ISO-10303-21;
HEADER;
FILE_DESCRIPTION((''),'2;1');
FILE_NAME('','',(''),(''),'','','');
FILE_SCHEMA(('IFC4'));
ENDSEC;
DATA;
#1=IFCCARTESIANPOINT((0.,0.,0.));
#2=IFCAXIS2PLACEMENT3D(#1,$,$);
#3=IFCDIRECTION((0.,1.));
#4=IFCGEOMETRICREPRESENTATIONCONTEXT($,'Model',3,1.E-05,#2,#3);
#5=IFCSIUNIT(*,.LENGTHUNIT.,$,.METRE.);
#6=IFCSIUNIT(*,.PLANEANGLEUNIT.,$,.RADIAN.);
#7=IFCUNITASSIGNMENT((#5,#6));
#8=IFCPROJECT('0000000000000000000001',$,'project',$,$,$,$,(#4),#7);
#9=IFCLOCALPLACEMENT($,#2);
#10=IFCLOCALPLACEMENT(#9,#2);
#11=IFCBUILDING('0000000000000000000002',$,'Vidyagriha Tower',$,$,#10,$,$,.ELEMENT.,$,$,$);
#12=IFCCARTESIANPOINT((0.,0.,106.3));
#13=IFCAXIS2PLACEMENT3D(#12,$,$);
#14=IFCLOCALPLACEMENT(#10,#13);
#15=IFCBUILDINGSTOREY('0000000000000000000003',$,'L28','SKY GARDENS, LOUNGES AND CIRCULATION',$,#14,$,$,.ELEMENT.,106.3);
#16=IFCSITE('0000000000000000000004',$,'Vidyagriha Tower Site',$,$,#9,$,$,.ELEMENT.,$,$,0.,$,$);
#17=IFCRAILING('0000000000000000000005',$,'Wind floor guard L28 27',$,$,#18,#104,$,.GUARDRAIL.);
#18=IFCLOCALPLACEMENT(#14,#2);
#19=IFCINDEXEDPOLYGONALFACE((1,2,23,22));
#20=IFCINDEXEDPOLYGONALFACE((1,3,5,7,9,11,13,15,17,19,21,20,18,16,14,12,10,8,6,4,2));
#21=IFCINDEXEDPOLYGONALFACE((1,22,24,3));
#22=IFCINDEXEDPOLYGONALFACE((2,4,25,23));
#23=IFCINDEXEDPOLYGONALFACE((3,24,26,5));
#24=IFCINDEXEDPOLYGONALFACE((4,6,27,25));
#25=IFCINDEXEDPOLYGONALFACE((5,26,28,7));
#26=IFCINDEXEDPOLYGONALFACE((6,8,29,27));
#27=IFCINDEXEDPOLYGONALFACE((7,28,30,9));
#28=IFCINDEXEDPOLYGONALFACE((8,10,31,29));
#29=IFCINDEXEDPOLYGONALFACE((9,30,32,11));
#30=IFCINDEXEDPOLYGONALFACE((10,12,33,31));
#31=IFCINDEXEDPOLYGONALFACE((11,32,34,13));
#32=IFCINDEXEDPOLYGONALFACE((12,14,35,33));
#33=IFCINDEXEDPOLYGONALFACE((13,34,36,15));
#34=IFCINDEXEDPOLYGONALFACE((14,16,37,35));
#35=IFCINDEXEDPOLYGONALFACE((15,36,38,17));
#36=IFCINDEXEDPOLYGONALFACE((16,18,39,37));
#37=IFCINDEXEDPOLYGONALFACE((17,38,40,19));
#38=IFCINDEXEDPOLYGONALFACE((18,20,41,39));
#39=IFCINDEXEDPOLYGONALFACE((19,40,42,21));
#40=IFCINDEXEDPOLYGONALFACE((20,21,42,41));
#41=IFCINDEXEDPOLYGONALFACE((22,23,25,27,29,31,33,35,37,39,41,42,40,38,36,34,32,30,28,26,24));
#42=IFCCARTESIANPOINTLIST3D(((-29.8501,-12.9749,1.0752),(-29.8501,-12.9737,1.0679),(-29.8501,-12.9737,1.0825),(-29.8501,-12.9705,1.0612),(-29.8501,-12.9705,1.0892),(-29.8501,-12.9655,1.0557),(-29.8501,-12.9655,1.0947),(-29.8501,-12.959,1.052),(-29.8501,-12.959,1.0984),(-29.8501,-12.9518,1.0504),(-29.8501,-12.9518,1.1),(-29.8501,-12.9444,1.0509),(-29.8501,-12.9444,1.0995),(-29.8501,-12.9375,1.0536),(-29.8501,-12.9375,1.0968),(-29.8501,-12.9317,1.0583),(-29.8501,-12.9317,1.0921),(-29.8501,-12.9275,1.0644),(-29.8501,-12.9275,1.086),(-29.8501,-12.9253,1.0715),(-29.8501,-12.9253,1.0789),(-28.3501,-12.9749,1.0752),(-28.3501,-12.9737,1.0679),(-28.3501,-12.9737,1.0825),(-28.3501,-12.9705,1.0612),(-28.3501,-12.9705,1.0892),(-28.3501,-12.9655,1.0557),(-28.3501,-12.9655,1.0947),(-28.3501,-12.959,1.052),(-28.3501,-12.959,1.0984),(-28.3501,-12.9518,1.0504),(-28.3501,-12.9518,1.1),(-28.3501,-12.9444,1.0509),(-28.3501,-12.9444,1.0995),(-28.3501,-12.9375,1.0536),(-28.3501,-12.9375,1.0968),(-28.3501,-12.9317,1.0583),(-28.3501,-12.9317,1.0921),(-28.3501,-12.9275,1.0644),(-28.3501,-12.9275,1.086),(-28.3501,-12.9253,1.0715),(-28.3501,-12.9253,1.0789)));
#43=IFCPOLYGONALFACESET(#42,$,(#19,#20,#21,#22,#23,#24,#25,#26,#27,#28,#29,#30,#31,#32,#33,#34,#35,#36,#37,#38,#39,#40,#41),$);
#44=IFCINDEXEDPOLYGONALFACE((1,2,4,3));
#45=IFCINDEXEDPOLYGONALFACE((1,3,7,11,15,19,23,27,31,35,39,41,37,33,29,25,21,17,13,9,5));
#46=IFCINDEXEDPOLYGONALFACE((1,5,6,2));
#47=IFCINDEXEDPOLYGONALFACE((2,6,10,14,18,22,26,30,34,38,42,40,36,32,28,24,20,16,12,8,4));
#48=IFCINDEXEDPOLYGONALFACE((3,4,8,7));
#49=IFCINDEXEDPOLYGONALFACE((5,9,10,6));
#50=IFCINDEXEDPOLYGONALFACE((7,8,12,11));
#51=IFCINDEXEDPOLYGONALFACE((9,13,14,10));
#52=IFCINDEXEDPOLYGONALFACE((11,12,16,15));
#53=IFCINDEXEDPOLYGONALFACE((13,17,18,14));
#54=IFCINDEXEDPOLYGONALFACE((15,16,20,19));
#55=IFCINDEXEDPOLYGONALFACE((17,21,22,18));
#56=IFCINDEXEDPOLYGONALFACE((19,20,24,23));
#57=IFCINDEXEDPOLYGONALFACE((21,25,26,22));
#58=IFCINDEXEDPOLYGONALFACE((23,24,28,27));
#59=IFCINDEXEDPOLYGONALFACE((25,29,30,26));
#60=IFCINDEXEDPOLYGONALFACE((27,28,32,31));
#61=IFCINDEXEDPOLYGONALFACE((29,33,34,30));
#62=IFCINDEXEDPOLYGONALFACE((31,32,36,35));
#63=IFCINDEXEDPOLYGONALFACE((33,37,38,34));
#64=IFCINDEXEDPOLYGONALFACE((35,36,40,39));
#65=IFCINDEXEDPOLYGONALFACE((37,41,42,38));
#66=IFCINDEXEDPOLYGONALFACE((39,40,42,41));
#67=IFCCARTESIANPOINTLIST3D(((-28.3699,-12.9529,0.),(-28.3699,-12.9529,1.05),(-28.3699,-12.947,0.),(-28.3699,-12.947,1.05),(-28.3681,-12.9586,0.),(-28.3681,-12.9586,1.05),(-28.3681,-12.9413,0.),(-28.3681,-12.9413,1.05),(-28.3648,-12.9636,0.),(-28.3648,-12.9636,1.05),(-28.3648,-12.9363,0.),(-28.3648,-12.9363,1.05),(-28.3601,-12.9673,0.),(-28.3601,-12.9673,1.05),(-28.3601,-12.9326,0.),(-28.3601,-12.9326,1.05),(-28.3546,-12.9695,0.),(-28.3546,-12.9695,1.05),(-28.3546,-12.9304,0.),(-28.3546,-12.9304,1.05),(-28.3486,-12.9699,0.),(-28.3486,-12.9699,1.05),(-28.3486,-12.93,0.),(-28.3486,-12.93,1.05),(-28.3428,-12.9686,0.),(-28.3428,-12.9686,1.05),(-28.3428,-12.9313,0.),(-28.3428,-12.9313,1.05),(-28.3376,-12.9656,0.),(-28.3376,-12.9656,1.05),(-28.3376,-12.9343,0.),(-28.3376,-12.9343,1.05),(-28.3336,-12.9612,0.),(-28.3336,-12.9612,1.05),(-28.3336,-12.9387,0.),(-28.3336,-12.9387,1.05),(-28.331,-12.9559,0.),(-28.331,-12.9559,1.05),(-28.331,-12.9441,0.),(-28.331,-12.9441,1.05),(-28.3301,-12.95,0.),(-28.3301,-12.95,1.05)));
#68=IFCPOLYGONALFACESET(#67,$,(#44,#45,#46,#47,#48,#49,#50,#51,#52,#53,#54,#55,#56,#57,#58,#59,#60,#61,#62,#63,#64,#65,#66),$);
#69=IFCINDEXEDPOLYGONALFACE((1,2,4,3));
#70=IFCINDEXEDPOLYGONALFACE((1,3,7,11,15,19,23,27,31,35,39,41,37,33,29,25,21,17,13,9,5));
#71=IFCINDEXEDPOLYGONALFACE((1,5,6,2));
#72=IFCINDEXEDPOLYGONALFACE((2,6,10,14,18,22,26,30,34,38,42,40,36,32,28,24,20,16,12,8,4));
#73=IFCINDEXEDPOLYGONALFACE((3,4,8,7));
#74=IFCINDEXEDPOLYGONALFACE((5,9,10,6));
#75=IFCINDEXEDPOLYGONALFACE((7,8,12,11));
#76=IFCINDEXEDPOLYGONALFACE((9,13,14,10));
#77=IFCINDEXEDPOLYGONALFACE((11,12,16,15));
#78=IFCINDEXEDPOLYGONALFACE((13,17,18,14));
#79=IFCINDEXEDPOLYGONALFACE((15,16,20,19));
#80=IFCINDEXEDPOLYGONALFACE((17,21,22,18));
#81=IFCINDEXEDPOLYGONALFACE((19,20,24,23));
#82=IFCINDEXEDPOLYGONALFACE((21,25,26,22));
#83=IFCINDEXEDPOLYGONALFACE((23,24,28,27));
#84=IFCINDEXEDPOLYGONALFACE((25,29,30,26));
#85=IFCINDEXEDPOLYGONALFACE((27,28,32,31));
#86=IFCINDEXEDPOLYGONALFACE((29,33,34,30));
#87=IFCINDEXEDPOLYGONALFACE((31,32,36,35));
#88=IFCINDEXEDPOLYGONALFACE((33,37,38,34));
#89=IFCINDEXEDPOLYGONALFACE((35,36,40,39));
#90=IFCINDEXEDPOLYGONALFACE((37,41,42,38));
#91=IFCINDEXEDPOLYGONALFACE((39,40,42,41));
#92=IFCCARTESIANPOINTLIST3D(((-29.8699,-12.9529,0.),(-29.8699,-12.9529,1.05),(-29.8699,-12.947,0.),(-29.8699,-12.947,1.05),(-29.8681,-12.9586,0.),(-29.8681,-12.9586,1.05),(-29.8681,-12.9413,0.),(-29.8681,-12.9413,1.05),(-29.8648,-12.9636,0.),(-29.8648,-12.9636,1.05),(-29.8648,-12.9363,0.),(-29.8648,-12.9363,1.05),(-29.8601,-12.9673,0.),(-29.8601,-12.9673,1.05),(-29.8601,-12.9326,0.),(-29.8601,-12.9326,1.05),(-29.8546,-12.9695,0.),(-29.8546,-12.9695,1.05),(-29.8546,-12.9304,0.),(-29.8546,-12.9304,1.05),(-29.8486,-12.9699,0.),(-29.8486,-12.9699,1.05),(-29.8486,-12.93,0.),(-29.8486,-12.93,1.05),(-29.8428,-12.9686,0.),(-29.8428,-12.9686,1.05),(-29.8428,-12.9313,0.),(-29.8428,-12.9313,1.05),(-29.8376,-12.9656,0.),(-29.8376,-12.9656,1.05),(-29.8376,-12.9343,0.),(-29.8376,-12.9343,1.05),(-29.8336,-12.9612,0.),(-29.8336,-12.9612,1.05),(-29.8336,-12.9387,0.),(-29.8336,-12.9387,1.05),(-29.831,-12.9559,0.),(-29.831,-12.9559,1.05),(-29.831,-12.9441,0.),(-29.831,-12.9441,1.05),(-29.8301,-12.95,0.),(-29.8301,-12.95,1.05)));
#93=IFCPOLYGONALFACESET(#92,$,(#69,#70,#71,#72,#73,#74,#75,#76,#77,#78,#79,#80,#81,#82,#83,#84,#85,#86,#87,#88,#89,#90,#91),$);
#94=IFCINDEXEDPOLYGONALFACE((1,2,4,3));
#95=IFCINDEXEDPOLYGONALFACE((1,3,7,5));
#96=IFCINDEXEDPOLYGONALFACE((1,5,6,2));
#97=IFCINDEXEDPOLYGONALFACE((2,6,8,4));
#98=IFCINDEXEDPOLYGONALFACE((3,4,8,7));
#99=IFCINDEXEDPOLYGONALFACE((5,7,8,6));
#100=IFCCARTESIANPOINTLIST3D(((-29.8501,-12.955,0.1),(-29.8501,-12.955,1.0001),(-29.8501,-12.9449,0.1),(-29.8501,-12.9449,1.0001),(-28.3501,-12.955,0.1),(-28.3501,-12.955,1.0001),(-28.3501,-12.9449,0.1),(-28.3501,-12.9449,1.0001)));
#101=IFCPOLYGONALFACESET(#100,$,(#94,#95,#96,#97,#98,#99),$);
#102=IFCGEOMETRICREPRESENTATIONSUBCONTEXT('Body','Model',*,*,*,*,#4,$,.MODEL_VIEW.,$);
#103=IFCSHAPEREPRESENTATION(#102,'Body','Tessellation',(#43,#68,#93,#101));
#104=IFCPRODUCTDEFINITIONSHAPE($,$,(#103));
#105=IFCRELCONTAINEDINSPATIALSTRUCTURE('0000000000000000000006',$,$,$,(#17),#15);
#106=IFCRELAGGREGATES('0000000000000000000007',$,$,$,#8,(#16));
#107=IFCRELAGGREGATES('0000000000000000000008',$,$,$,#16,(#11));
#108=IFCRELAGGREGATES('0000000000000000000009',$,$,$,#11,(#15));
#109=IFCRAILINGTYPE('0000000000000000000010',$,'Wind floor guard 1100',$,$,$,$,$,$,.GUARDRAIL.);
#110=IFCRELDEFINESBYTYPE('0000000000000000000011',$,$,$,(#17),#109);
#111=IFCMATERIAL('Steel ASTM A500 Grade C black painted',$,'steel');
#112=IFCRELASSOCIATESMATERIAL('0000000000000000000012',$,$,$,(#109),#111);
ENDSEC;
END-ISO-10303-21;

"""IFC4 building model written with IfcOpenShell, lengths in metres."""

from ifc_helpers import new_model, si_unit, direction, frame, origin, origin_2d, place, context, subcontext, project, spatial, rectangle, circle, extrude, material, type_object, element, save


model = new_model("IFC4")

# Units and contexts
model_context = context("Model", 3, precision=1e-05, world=origin(), true_north=direction((0.0, 1.0)))
body_context = subcontext(model_context, "Body", "Model", "MODEL_VIEW")
ifc_project = project(units=[si_unit("LENGTHUNIT", "METRE"), si_unit("PLANEANGLEUNIT", "RADIAN")], contexts=[model_context])

# Site, building, storey
site_placement = place(None, origin())
site = spatial("IfcSite", under=ifc_project, at=site_placement, Name="Vidyagriha Tower Site", CompositionType="ELEMENT", RefElevation=0.0)
building_placement = place(site_placement, origin())
building = spatial("IfcBuilding", under=site, at=building_placement, Name="Vidyagriha Tower", CompositionType="ELEMENT")
storey_placement = place(building_placement, frame((0.0, 0.0, 106.3)))
storey = spatial("IfcBuildingStorey", under=building, at=storey_placement, Name="L28", Description="SKY GARDENS, LOUNGES AND CIRCULATION", CompositionType="ELEMENT", Elevation=106.3)

# Railing
ifc_material_1 = material(Name="Steel ASTM A500 Grade C black painted", Category="steel")
railing_type = type_object("IfcRailingType", Name="Wind floor guard 1100", PredefinedType="GUARDRAIL", material=ifc_material_1)
railing_1_placement = place(storey_placement, frame((-28.3501, -12.95, 0.0)))
element("IfcRailing", 1, at=railing_1_placement, inside=storey, type_object=railing_type, Name="Wind floor guard L28 27", PredefinedType="GUARDRAIL", context=body_context, shape_type="SweptSolid", body=[
    extrude(circle(Radius=0.0249, at=origin_2d()), frame((0.0, 0.0, 1.0752), z_axis=(-1.0, 0.0, 0.0), x_axis=(0.0, -1.0, 0.0)), (0.0, 0.0, 1.0), 1.5),
    extrude(circle(Radius=0.02, at=origin_2d()), origin(), (0.0, 0.0, 1.0), 1.05),
    extrude(circle(Radius=0.02, at=origin_2d()), frame((-1.5, 0.0, 0.0)), (0.0, 0.0, 1.0), 1.05),
    extrude(rectangle(XDim=0.01, YDim=0.9001, at=origin_2d()), frame((0.0, 0.0, 0.55), z_axis=(-1.0, 0.0, 0.0), x_axis=(0.0, -1.0, 0.0)), (0.0, 0.0, 1.0), 1.5),
])

save(model, "model.ifc")
